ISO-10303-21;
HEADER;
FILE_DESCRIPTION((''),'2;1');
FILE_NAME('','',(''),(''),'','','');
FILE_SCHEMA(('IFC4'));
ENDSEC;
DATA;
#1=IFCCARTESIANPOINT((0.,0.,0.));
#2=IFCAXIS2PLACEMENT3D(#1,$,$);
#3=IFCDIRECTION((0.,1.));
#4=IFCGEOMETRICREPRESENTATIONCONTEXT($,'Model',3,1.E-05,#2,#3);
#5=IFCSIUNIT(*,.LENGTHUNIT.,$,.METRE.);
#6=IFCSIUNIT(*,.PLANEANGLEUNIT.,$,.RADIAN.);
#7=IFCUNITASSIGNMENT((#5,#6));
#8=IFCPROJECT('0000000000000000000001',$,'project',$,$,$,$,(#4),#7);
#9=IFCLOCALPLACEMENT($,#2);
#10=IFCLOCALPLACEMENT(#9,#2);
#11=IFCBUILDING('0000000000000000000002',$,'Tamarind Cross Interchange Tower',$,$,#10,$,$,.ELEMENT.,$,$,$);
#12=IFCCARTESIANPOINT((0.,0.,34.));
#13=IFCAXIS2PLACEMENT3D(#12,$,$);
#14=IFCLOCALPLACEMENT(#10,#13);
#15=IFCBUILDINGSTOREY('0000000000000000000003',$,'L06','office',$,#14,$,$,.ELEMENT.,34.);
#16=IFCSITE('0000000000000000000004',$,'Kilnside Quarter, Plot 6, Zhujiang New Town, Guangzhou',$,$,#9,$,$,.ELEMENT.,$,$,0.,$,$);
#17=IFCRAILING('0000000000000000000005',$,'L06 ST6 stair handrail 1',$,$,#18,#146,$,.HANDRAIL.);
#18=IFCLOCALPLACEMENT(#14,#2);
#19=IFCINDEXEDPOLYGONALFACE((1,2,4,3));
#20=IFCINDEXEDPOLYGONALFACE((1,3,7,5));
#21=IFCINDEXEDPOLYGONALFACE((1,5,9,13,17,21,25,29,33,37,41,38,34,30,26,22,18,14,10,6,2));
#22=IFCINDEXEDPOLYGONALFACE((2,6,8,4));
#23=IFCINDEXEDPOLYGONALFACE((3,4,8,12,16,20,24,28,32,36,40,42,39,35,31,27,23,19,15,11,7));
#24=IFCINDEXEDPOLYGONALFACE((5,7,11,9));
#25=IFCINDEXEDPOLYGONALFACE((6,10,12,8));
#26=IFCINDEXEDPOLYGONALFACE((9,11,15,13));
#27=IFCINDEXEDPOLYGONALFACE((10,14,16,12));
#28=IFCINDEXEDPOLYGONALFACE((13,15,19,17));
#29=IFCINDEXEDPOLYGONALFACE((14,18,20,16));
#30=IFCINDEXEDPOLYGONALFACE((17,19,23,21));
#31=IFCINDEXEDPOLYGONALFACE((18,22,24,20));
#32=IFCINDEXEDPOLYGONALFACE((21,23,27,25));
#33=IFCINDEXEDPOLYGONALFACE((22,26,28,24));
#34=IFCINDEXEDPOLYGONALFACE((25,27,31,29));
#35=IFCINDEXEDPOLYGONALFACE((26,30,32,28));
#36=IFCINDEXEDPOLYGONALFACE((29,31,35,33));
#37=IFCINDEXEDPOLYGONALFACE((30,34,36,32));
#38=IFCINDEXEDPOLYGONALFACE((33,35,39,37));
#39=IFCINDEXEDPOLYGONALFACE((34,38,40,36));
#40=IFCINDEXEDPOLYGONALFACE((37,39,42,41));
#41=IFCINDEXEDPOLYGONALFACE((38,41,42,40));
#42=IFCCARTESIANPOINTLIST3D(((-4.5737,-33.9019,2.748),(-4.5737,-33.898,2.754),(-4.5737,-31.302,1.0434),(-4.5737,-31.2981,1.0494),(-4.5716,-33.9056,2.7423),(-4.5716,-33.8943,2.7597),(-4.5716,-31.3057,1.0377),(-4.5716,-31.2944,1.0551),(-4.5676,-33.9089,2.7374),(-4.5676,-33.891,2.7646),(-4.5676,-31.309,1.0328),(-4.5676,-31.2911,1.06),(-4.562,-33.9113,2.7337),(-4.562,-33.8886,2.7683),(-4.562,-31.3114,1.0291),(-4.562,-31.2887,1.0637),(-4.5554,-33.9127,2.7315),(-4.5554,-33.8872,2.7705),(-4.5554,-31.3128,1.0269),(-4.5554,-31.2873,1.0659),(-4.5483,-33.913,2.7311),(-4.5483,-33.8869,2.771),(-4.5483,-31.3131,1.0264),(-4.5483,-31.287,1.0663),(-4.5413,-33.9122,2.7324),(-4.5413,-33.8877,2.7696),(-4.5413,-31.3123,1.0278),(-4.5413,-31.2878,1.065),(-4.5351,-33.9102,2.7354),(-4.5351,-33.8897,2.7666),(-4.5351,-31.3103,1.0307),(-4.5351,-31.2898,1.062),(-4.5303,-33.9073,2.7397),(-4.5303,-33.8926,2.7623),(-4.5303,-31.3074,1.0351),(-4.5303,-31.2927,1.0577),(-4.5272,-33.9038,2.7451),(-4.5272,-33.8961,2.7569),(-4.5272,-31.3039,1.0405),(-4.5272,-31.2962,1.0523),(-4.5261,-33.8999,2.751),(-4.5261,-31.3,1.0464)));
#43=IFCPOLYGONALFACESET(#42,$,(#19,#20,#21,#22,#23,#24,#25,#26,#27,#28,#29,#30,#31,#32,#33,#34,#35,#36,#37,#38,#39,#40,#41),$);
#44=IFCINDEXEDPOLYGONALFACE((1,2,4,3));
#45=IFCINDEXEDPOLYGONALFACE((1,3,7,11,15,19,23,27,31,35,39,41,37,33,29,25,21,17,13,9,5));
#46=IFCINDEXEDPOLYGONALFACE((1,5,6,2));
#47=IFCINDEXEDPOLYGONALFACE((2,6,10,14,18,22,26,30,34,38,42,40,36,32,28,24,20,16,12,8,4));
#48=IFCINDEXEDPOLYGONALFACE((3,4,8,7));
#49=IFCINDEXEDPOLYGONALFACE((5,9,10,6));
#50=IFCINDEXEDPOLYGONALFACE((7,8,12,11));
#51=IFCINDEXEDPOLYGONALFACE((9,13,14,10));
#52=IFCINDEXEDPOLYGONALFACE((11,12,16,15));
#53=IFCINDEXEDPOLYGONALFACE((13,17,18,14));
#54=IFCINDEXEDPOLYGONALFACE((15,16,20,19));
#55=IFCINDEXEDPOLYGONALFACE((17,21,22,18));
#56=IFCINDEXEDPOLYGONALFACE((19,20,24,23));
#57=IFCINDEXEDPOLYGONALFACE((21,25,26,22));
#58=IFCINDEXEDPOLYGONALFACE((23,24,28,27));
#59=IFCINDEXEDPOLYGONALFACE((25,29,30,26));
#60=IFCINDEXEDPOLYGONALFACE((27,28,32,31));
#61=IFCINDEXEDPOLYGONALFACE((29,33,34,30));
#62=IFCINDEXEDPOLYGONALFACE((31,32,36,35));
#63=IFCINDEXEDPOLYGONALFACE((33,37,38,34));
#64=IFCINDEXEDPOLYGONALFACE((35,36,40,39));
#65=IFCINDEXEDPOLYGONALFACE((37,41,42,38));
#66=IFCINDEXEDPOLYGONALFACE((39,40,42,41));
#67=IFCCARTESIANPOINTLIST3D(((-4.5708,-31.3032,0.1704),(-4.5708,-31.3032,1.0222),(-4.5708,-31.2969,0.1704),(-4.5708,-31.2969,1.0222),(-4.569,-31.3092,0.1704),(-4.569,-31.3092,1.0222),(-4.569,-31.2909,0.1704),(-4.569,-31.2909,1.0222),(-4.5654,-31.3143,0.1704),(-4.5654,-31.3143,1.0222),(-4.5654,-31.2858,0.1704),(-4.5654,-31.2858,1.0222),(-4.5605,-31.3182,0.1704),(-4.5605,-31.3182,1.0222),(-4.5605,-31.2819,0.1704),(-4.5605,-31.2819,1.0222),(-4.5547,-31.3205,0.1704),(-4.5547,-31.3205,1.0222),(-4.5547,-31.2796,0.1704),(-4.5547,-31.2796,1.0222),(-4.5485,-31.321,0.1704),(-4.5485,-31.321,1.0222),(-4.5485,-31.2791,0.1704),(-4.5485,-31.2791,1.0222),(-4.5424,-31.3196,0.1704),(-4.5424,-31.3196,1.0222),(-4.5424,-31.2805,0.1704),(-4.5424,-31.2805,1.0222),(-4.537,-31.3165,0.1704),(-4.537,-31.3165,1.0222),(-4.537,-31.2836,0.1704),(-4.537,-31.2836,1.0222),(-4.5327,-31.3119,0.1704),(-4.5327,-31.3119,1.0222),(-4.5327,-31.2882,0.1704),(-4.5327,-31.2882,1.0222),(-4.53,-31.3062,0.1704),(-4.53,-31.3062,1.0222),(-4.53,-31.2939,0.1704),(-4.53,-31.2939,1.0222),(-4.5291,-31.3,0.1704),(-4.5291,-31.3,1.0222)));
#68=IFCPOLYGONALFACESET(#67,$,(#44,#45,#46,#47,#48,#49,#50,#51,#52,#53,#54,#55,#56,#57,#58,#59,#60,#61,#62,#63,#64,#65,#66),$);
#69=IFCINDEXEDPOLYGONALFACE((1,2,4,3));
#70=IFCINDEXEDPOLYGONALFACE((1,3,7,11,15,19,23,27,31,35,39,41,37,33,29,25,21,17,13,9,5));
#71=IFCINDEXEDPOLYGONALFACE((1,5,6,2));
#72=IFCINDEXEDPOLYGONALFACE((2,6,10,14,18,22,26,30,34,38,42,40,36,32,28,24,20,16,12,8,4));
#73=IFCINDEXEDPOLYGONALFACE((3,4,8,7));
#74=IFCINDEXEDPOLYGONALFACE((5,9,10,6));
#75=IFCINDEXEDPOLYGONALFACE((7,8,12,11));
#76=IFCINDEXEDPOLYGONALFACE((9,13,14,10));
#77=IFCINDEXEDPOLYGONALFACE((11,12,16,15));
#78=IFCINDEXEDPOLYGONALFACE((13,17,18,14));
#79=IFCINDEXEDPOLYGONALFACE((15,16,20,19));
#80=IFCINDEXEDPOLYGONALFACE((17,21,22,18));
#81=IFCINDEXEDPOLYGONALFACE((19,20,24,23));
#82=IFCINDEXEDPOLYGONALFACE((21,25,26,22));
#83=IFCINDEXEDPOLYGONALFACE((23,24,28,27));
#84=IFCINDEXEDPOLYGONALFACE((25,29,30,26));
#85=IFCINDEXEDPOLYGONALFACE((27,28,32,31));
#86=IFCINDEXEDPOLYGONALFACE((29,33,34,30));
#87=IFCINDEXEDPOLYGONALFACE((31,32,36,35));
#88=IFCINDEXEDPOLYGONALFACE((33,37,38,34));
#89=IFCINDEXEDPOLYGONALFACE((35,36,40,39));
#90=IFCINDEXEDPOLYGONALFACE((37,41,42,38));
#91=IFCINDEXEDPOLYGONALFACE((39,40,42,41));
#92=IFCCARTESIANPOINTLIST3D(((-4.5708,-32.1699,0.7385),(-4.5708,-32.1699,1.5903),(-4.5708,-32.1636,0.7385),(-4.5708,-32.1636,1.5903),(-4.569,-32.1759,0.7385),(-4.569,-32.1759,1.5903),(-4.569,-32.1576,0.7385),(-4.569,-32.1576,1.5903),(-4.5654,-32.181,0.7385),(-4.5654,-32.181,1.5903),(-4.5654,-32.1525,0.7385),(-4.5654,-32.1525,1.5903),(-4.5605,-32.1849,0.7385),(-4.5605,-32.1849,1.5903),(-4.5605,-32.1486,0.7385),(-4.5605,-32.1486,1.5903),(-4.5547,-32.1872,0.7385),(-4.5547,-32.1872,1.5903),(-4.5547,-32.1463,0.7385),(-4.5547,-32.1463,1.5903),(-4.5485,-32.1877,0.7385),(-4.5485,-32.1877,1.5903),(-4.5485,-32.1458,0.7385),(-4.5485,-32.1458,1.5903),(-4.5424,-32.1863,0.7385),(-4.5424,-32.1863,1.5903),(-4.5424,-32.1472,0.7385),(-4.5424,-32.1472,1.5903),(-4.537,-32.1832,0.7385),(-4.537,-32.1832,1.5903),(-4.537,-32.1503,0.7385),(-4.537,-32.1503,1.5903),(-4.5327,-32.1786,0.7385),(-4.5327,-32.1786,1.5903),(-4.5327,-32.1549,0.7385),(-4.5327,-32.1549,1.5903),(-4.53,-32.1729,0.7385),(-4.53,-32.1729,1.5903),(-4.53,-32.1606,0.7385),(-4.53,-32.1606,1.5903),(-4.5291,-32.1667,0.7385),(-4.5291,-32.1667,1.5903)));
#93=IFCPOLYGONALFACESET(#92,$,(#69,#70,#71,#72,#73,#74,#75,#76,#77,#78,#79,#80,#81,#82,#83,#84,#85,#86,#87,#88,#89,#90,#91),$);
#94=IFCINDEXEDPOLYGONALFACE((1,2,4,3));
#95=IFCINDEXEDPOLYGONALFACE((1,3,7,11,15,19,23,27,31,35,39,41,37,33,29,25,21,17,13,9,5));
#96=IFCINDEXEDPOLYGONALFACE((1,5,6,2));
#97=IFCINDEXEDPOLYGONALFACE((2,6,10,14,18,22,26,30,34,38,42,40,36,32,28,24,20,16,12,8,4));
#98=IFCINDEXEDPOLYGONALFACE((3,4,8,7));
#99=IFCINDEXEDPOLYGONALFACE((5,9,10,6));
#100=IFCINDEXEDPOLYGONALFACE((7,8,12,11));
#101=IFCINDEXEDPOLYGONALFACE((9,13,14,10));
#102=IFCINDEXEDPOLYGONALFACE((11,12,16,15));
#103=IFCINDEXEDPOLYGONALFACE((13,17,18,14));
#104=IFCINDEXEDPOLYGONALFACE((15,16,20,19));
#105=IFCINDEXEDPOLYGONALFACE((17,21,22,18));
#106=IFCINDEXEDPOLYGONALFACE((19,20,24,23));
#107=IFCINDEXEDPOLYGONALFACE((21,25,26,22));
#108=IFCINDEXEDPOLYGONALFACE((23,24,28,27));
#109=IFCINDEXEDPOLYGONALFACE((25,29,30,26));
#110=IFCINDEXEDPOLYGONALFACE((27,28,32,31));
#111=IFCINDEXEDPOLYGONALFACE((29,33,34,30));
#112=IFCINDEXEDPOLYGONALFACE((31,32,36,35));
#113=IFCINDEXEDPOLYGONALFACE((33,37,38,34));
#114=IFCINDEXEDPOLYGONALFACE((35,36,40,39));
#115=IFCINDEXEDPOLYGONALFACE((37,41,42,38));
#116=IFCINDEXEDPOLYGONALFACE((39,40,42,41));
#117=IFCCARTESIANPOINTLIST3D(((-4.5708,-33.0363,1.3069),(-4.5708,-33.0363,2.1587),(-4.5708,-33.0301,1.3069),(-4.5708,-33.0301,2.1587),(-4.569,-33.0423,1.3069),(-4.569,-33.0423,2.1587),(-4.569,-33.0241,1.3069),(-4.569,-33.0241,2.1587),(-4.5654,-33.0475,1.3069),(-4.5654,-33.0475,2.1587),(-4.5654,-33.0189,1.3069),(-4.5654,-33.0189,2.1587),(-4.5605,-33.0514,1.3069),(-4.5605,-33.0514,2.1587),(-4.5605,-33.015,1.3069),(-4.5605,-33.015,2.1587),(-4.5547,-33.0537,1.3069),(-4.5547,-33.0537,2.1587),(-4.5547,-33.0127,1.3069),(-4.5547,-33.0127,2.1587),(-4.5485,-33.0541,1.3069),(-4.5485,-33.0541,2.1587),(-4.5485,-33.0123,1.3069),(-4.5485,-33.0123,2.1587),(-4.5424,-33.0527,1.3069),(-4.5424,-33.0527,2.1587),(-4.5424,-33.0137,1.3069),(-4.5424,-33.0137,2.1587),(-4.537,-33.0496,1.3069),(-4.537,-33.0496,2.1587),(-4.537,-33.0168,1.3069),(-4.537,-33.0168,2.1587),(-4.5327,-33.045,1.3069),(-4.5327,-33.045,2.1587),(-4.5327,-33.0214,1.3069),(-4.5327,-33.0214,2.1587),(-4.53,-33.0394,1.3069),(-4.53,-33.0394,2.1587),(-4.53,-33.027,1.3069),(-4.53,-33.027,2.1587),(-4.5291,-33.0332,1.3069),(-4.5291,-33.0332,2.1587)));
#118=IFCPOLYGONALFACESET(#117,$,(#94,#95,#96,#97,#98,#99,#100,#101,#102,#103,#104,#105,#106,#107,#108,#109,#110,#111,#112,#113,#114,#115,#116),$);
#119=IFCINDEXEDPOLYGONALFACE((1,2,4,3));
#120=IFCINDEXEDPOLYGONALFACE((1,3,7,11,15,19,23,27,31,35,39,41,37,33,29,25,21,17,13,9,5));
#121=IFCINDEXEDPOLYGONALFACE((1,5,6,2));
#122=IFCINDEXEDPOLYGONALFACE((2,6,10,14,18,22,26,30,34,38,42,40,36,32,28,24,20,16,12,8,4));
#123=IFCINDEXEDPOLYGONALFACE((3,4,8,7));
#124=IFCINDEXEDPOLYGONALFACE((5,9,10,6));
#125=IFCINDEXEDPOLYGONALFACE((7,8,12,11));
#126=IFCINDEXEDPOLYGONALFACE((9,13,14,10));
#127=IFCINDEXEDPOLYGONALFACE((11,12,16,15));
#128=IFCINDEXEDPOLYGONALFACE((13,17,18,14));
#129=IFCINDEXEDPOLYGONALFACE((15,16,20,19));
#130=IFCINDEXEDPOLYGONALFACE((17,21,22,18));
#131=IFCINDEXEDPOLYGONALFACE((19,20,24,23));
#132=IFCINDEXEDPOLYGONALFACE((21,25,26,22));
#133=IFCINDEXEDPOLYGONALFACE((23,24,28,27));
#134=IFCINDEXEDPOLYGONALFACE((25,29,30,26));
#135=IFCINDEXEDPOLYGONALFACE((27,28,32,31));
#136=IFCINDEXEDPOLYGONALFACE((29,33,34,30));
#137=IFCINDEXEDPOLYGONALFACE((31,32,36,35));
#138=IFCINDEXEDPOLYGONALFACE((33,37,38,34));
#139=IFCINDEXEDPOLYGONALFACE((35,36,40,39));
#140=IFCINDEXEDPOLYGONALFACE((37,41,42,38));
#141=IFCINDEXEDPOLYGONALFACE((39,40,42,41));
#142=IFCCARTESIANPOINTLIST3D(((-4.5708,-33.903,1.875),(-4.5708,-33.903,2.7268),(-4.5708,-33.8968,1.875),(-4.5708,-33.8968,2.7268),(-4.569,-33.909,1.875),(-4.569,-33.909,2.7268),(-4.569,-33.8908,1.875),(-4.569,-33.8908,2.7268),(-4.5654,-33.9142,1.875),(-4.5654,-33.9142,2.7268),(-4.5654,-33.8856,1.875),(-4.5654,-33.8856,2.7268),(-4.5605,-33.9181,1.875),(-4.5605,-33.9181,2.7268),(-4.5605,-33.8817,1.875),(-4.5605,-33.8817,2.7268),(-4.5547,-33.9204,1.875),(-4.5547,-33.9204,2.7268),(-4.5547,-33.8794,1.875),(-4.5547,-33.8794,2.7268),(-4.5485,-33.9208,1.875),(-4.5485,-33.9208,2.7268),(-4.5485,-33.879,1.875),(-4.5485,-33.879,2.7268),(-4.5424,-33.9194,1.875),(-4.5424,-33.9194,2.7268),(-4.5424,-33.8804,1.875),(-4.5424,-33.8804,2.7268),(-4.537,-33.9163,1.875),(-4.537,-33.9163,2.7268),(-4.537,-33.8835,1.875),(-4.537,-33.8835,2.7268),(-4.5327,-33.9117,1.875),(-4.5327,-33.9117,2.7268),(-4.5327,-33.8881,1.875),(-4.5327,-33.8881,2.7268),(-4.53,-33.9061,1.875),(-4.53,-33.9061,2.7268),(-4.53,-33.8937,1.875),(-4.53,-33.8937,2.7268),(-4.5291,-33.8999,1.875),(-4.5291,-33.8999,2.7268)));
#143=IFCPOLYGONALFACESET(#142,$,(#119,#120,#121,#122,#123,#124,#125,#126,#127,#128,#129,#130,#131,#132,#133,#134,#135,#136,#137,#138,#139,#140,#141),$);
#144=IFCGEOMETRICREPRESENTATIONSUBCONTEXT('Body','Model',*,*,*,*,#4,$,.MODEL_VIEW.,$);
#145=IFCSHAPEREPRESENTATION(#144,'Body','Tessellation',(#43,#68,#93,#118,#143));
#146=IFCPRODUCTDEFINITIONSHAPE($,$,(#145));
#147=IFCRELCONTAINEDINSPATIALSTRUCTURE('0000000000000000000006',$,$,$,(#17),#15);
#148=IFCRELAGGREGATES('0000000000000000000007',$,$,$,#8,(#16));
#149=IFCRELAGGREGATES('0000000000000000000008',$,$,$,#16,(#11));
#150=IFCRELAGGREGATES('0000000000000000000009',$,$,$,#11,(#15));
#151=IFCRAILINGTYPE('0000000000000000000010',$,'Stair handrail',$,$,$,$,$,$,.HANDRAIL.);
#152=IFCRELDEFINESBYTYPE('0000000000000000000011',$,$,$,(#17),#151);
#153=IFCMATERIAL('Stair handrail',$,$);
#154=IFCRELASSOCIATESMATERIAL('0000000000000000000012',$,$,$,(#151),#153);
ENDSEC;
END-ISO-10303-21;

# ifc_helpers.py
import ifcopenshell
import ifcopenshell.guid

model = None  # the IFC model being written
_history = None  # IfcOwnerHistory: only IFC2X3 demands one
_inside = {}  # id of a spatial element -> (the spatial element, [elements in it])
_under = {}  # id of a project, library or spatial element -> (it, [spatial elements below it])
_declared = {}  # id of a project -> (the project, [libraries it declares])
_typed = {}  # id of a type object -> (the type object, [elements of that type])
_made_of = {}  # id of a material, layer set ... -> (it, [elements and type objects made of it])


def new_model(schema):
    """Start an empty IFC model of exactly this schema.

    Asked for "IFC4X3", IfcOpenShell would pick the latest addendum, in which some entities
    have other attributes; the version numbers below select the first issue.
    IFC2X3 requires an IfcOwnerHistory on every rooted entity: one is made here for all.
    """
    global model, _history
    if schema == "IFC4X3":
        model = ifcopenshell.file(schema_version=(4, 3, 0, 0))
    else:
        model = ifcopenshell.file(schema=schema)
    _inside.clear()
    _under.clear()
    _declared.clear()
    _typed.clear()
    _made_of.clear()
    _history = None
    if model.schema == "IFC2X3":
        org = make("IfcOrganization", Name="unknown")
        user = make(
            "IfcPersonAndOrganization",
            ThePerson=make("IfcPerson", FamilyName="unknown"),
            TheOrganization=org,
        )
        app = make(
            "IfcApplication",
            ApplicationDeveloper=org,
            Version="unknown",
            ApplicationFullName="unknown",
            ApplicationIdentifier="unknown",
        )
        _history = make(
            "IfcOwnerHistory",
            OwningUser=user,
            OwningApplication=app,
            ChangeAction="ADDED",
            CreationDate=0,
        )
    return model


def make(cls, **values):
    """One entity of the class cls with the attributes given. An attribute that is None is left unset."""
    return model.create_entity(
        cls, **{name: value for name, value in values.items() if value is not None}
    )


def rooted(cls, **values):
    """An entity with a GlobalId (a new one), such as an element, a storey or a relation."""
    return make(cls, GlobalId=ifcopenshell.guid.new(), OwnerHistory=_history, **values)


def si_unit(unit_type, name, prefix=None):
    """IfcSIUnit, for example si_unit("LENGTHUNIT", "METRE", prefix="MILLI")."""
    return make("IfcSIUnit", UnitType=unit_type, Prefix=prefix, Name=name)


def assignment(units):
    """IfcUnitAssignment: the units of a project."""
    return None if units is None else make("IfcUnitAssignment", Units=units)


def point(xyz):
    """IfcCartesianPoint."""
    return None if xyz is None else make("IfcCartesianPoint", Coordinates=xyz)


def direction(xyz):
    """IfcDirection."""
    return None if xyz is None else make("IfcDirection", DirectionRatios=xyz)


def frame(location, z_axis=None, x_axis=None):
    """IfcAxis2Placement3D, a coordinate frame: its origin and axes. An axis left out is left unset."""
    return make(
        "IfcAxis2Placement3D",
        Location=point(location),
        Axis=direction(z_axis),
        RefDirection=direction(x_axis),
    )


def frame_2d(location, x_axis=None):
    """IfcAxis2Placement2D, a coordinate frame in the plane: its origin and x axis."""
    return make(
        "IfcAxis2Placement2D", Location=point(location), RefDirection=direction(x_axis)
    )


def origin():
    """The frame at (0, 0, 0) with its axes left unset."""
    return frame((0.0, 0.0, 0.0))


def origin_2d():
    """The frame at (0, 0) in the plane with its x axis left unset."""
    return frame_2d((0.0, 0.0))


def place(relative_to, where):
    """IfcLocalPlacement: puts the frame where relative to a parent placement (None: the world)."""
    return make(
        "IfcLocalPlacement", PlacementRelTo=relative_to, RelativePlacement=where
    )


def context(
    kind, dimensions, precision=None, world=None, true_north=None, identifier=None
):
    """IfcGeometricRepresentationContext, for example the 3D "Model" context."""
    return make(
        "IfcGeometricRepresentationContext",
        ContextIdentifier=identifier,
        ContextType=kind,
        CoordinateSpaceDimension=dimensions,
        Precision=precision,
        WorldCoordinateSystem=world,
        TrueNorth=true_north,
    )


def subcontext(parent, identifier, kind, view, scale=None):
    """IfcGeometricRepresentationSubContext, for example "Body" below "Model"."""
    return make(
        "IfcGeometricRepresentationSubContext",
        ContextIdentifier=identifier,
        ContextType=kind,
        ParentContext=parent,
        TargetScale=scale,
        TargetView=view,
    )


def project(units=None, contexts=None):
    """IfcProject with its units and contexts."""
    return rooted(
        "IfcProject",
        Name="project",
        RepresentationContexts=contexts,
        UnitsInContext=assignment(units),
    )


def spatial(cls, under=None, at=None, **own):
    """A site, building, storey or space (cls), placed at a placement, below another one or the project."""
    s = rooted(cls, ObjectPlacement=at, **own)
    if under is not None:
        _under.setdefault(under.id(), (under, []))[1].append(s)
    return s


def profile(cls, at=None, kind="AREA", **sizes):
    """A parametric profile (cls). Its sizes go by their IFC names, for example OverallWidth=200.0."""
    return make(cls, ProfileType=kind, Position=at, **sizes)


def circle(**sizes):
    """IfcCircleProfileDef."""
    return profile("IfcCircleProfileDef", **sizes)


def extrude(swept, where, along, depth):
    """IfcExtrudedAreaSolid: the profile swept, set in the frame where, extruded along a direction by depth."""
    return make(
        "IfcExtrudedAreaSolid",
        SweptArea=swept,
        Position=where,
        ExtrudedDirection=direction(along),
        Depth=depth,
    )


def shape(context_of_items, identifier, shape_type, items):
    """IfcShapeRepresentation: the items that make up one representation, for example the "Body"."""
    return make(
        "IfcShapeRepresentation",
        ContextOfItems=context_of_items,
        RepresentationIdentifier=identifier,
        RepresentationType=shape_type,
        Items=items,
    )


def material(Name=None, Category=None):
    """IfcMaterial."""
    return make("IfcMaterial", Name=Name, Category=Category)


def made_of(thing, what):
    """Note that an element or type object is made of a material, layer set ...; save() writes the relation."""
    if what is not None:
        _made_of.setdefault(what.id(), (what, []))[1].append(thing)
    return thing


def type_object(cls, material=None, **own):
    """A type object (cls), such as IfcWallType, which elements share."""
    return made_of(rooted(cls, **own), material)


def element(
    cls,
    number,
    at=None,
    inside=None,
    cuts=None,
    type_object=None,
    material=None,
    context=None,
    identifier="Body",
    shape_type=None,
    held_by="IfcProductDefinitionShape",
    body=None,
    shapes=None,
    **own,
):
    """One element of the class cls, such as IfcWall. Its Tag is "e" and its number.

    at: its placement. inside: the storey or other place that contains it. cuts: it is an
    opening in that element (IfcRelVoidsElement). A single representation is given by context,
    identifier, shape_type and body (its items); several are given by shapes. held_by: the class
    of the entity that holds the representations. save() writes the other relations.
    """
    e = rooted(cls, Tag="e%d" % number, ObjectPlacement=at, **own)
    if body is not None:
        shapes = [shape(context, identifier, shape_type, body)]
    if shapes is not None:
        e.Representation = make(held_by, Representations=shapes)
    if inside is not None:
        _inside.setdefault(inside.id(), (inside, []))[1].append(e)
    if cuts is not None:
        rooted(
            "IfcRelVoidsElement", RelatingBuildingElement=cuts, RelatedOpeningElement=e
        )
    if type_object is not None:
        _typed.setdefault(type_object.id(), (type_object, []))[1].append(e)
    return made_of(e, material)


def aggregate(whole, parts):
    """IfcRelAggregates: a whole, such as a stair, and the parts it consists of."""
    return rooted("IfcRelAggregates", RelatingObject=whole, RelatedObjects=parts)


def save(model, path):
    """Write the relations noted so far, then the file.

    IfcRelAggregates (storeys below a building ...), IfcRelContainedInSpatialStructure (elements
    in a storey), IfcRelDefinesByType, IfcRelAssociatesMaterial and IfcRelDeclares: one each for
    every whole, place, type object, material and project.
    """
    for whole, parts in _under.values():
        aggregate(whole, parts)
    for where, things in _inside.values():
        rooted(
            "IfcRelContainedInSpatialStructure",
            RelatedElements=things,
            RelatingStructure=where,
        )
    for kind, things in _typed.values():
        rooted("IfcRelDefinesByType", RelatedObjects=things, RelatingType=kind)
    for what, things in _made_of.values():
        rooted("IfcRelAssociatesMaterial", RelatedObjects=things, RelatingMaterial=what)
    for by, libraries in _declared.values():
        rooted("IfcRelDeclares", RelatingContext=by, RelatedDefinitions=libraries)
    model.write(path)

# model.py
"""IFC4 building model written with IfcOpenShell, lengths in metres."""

from ifc_helpers import new_model, si_unit, direction, frame, origin, origin_2d, place, context, subcontext, project, spatial, circle, extrude, material, type_object, element, save


model = new_model("IFC4")

# Units and contexts
model_context = context("Model", 3, precision=1e-05, world=origin(), true_north=direction((0.0, 1.0)))
body_context = subcontext(model_context, "Body", "Model", "MODEL_VIEW")
ifc_project = project(units=[si_unit("LENGTHUNIT", "METRE"), si_unit("PLANEANGLEUNIT", "RADIAN")], contexts=[model_context])

# Site, building, storey
site_placement = place(None, origin())
site = spatial("IfcSite", under=ifc_project, at=site_placement, Name="Kilnside Quarter, Plot 6, Zhujiang New Town, Guangzhou", CompositionType="ELEMENT", RefElevation=0.0)
building_placement = place(site_placement, origin())
building = spatial("IfcBuilding", under=site, at=building_placement, Name="Tamarind Cross Interchange Tower", CompositionType="ELEMENT")
storey_placement = place(building_placement, frame((0.0, 0.0, 34.0)))
storey = spatial("IfcBuildingStorey", under=building, at=storey_placement, Name="L06", Description="office", CompositionType="ELEMENT", Elevation=34.0)

# Railing
ifc_material_1 = material(Name="Stair handrail")
railing_type_1 = type_object("IfcRailingType", Name="Stair handrail", PredefinedType="HANDRAIL", material=ifc_material_1)
railing_1_placement = place(storey_placement, frame((-4.55, -31.3, 0.1704)))
element("IfcRailing", 1, at=railing_1_placement, inside=storey, type_object=railing_type_1, Name="L06 ST6 stair handrail 1", PredefinedType="HANDRAIL", context=body_context, shape_type="SweptSolid", body=[
    extrude(circle(Radius=0.0239, at=origin_2d()), frame((0.0, 0.0, 0.876), z_axis=(0.0, -0.836279, 0.548305), x_axis=(1.0, 0.0, 0.0)), (0.0, 0.0, 1.0), 3.1089),
    extrude(circle(Radius=0.021, at=origin_2d()), origin(), (0.0, 0.0, 1.0), 0.8518),
    extrude(circle(Radius=0.021, at=origin_2d()), frame((0.0, -0.8667, 0.5681)), (0.0, 0.0, 1.0), 0.8518),
    extrude(circle(Radius=0.021, at=origin_2d()), frame((0.0, -1.7332, 1.1365)), (0.0, 0.0, 1.0), 0.8518),
    extrude(circle(Radius=0.021, at=origin_2d()), frame((0.0, -2.5999, 1.7046)), (0.0, 0.0, 1.0), 0.8518),
])

save(model, "model.ifc")
